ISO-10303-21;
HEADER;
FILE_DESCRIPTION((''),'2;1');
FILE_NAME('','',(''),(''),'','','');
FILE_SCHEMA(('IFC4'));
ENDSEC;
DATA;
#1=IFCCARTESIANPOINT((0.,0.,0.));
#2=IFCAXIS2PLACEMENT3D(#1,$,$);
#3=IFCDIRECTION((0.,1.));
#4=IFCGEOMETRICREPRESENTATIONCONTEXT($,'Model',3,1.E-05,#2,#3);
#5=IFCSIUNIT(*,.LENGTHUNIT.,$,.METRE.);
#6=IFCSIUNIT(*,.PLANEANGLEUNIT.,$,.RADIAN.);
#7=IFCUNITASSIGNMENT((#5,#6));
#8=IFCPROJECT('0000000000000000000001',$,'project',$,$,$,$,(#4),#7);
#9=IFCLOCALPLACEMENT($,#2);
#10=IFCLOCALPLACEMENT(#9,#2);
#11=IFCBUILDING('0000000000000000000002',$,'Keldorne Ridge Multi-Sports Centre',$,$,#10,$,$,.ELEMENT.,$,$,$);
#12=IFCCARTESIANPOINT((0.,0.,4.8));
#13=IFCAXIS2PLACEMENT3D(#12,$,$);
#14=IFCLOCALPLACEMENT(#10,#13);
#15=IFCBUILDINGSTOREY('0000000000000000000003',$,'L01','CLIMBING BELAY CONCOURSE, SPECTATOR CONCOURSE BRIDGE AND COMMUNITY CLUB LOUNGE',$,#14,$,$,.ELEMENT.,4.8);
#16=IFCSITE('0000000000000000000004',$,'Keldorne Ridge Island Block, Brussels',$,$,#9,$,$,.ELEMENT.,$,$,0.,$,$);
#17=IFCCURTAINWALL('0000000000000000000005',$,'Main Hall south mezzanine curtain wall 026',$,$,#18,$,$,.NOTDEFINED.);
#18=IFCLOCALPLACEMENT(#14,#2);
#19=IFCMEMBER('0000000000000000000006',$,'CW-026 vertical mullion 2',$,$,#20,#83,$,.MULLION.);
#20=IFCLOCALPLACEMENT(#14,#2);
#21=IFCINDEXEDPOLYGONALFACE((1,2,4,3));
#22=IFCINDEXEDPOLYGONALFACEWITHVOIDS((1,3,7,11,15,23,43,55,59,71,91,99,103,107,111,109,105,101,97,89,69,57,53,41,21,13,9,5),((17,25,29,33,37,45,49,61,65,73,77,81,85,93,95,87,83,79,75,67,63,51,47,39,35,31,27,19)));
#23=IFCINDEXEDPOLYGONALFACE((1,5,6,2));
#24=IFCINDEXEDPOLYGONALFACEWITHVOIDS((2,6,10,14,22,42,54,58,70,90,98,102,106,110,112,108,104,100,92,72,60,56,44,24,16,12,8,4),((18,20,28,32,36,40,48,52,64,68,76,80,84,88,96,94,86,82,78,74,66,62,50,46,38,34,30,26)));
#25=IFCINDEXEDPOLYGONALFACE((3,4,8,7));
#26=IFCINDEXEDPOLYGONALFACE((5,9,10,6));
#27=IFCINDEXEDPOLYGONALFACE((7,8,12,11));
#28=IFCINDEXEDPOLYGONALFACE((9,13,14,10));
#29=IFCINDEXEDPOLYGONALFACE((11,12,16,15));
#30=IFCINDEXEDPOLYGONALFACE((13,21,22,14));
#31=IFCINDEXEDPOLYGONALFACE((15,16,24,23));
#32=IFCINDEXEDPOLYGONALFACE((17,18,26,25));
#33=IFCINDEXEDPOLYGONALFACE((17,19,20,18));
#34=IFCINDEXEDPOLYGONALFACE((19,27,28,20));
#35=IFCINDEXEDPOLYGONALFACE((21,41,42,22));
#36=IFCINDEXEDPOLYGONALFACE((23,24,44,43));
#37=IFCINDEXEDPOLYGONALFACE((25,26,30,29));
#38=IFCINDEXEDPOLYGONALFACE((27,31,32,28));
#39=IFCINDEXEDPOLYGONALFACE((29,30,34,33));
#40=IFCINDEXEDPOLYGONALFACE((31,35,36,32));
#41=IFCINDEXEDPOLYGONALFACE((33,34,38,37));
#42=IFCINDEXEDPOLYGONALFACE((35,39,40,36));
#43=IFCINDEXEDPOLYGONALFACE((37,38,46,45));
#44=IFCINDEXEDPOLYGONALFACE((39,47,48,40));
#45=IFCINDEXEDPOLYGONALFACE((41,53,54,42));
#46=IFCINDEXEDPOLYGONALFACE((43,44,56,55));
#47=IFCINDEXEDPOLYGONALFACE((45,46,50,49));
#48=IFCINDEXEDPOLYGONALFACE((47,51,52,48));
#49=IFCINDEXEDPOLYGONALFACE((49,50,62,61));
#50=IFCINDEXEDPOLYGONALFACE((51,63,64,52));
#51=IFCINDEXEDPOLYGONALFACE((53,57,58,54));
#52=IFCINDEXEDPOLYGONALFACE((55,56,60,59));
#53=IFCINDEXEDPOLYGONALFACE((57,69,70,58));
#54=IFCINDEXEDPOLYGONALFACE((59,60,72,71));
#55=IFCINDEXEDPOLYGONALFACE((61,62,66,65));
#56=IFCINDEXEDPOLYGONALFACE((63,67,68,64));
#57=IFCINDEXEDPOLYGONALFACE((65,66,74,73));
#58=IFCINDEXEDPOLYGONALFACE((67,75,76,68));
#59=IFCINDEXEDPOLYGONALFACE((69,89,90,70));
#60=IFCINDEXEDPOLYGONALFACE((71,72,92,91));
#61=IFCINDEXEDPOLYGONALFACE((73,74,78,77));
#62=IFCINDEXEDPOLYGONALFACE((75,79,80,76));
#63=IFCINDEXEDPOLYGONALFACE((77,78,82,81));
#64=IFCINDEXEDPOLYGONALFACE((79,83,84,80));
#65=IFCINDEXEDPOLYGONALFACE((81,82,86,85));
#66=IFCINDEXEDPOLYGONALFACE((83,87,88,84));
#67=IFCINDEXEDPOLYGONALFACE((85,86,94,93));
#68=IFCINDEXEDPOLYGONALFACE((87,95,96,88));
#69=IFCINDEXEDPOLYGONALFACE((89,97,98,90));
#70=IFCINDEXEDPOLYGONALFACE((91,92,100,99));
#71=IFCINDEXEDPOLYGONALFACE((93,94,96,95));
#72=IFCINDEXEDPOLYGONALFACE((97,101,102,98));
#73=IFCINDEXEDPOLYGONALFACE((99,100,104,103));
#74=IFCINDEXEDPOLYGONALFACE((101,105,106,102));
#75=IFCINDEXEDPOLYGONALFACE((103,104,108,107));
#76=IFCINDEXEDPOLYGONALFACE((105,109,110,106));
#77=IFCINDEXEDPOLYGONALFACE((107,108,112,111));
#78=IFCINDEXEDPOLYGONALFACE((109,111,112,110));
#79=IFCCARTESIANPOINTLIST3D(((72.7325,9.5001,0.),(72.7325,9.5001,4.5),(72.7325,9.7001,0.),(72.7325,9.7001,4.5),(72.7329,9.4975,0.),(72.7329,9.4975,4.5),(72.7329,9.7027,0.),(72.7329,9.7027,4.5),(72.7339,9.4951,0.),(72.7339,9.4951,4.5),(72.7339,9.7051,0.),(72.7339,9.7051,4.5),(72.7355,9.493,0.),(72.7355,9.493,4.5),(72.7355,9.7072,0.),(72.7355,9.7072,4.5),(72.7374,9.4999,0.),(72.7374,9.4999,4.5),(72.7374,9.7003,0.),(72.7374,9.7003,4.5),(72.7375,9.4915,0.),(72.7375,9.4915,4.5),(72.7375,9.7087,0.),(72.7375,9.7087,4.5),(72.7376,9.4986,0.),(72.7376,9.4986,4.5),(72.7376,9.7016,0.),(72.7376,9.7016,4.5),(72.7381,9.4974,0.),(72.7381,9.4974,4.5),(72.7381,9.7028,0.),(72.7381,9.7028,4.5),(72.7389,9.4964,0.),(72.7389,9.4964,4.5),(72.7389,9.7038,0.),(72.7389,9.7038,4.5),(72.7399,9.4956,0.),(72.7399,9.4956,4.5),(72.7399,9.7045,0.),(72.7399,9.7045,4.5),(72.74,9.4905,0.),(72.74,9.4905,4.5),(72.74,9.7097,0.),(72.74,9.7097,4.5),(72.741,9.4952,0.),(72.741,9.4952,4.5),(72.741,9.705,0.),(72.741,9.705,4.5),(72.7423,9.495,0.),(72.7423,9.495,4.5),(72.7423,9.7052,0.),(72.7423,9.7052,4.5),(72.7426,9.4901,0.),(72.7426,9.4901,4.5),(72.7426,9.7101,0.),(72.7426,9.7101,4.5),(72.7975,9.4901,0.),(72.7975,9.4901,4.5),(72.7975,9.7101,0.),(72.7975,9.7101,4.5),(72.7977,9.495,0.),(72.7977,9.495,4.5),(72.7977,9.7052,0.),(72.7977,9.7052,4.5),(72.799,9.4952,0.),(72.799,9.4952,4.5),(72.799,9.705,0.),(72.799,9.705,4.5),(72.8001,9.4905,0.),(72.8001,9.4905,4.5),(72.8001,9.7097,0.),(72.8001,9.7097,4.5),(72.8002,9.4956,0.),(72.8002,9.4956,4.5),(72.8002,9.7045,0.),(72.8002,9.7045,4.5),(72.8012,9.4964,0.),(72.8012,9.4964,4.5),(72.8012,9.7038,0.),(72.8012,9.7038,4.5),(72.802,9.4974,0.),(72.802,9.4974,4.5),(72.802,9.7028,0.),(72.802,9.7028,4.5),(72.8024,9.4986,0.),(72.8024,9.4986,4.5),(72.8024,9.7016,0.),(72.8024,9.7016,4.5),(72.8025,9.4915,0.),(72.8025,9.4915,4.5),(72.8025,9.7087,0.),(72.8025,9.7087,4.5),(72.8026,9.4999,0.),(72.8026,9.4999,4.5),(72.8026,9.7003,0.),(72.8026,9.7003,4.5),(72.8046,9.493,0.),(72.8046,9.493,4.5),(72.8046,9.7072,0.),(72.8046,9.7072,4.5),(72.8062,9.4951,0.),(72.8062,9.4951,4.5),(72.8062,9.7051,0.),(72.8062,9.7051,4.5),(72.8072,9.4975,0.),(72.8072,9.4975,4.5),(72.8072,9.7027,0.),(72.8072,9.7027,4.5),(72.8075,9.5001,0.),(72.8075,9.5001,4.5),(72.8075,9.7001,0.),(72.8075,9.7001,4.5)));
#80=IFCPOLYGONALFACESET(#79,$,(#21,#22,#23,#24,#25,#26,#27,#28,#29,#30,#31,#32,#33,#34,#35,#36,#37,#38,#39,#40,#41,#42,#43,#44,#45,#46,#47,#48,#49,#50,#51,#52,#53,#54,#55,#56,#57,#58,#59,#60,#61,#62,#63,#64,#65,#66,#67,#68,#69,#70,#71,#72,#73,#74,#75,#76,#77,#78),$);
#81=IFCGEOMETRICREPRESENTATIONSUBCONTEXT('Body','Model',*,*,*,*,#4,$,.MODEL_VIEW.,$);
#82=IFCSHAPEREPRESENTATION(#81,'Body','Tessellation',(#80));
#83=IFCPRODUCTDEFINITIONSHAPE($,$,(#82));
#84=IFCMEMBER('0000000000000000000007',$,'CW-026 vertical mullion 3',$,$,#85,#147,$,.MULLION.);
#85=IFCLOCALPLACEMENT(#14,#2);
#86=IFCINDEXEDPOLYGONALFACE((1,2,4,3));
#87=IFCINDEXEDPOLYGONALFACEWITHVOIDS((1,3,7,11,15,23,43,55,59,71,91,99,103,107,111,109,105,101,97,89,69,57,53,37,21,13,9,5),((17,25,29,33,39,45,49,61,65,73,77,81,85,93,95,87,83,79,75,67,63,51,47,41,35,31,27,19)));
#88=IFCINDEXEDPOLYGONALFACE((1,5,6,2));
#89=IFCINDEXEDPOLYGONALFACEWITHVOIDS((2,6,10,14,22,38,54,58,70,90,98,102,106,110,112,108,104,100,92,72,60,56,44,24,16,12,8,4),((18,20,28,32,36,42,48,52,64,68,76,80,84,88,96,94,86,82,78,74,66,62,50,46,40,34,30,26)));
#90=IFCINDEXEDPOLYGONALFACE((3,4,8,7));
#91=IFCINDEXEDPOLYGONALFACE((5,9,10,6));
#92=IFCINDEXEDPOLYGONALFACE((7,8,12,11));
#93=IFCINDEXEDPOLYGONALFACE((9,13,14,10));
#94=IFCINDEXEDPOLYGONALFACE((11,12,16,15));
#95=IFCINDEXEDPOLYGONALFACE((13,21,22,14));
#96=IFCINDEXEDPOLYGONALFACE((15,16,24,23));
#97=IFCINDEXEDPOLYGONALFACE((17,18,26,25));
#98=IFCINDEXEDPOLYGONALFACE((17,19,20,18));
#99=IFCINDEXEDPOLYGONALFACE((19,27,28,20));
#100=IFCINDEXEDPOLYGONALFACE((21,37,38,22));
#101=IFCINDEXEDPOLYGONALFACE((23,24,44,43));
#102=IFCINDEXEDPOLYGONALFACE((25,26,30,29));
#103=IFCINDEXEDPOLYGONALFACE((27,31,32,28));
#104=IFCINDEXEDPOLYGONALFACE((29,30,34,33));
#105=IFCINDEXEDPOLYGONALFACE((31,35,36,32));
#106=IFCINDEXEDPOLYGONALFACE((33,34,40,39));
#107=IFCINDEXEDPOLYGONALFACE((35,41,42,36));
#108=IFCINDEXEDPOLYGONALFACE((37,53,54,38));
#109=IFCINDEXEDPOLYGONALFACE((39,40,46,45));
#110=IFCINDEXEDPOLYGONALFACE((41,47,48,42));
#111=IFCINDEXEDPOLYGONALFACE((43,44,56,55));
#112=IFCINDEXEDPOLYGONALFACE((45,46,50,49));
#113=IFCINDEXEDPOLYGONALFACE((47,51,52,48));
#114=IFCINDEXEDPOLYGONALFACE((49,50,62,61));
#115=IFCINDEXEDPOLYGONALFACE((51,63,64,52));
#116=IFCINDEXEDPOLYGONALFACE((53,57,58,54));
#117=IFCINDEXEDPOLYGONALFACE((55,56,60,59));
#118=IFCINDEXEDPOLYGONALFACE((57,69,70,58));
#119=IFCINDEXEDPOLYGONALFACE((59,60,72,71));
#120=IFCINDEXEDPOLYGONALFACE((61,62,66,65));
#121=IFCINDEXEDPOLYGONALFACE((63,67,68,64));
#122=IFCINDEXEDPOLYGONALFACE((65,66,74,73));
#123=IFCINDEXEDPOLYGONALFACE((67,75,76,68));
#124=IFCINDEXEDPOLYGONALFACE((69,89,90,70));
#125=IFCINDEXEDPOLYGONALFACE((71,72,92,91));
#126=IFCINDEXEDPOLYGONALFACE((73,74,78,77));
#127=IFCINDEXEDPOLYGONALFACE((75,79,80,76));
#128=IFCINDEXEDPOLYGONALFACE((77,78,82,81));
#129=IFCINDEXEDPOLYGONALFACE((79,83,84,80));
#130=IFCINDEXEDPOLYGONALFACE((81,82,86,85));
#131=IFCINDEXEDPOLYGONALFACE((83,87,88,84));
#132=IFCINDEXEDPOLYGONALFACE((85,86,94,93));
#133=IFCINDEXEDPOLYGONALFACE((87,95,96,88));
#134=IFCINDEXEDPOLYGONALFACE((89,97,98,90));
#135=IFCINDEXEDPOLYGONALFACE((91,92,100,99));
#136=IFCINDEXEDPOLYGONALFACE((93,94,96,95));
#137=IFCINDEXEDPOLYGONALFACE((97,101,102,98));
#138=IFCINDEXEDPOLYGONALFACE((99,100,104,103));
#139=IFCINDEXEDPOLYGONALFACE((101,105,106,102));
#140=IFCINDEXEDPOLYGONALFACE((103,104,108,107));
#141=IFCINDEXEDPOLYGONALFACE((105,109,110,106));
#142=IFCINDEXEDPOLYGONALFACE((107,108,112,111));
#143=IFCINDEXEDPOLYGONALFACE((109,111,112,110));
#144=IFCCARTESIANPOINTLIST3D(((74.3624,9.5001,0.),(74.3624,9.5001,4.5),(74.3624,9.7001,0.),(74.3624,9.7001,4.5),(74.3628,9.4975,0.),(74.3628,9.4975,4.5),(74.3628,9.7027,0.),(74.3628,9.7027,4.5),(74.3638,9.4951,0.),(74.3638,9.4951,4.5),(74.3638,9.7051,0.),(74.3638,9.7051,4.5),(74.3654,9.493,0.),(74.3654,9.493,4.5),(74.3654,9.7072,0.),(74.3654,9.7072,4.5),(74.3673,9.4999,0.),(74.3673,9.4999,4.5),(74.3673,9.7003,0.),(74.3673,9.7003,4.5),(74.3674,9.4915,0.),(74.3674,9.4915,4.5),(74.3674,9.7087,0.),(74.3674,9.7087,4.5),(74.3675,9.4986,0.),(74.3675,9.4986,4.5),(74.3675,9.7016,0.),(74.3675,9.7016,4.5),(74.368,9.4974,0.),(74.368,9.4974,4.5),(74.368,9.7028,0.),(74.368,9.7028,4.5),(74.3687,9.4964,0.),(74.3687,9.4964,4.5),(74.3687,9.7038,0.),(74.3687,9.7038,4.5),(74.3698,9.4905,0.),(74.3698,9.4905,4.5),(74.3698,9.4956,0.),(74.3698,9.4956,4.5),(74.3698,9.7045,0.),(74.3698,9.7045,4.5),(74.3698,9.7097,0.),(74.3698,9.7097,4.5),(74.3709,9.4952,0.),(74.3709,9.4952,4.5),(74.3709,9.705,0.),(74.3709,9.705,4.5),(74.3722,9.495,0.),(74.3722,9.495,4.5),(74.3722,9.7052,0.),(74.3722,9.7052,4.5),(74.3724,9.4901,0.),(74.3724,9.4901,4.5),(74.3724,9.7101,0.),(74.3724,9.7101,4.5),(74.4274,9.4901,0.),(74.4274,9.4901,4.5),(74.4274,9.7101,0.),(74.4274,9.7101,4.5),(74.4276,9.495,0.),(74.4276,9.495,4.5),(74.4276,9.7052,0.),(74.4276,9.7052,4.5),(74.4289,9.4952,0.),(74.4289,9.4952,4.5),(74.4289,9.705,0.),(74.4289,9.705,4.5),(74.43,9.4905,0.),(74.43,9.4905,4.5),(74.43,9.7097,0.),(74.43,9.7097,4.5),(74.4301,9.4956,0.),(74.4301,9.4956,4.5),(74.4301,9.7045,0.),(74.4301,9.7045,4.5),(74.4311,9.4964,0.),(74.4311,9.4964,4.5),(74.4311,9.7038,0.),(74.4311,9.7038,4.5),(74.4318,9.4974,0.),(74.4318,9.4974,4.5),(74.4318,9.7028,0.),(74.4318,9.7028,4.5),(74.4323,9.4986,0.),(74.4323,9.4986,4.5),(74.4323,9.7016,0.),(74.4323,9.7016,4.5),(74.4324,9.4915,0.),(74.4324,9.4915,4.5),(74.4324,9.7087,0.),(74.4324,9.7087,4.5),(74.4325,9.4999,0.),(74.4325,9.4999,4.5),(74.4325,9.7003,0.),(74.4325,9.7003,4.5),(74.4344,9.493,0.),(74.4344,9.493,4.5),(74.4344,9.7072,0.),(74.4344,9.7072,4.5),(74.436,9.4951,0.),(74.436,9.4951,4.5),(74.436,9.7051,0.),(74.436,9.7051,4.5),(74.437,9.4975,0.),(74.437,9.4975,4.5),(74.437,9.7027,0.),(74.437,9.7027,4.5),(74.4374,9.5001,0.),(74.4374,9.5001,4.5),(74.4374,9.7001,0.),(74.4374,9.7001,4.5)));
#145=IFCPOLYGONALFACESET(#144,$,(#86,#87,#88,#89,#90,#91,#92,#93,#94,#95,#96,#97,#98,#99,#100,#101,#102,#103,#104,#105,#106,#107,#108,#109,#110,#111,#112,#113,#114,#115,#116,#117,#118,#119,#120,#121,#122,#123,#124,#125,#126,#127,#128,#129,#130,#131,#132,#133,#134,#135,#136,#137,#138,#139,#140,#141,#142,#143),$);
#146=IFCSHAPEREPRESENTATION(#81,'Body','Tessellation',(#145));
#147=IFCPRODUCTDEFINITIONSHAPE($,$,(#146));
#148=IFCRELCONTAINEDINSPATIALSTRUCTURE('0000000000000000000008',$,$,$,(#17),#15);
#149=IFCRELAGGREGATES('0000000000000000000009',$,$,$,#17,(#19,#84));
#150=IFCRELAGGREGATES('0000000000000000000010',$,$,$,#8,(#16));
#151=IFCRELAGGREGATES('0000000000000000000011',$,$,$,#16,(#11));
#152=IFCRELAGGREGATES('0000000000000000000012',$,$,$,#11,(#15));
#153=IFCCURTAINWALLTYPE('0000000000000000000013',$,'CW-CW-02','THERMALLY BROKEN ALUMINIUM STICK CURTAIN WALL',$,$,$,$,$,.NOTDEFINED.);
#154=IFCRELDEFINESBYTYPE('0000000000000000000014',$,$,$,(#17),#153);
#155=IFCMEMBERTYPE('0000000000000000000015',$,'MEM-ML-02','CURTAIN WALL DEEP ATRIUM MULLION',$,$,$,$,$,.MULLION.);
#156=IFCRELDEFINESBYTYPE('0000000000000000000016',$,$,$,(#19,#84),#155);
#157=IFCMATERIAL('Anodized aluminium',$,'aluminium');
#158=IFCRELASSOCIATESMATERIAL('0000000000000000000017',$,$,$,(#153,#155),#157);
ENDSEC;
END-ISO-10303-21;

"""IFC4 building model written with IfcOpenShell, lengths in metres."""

from ifc_helpers import new_model, si_unit, direction, frame, origin, origin_2d, place, context, subcontext, project, spatial, hollow_rectangle, extrude, material, material_profile, profile_set, type_object, element, aggregate, save


model = new_model("IFC4")

# Units and contexts
model_context = context("Model", 3, precision=1e-05, world=origin(), true_north=direction((0.0, 1.0)))
body_context = subcontext(model_context, "Body", "Model", "MODEL_VIEW")
ifc_project = project(units=[si_unit("LENGTHUNIT", "METRE"), si_unit("PLANEANGLEUNIT", "RADIAN")], contexts=[model_context])

# Site, building, storey
site_placement = place(None, origin())
site = spatial("IfcSite", under=ifc_project, at=site_placement, Name="Keldorne Ridge Island Block, Brussels", CompositionType="ELEMENT", RefElevation=0.0)
building_placement = place(site_placement, origin())
building = spatial("IfcBuilding", under=site, at=building_placement, Name="Keldorne Ridge Multi-Sports Centre", CompositionType="ELEMENT")
storey_placement = place(building_placement, frame((0.0, 0.0, 4.8)))
storey = spatial("IfcBuildingStorey", under=building, at=storey_placement, Name="L01", Description="CLIMBING BELAY CONCOURSE, SPECTATOR CONCOURSE BRIDGE AND COMMUNITY CLUB LOUNGE", CompositionType="ELEMENT", Elevation=4.8)

# Curtain wall, members
ifc_material_1 = material(Name="Anodized aluminium", Category="aluminium")
curtain_wall_type = type_object("IfcCurtainWallType", Name="CW-CW-02", Description="THERMALLY BROKEN ALUMINIUM STICK CURTAIN WALL", PredefinedType="NOTDEFINED", material=ifc_material_1)
curtain_wall_placement = place(storey_placement, origin())
curtain_wall = element("IfcCurtainWall", 1, at=curtain_wall_placement, inside=storey, type_object=curtain_wall_type, Name="Main Hall south mezzanine curtain wall 026", PredefinedType="NOTDEFINED")
ifc_material_profile_1 = material_profile(ifc_material_1, hollow_rectangle(XDim=0.075, YDim=0.22, WallThickness=0.0049, InnerFilletRadius=0.0049, OuterFilletRadius=0.01, at=origin_2d()), Name="ALU MULLION 220x75x5")
ifc_profile_set_1 = profile_set([ifc_material_profile_1], Name="Anodized aluminium")
member_type_1 = type_object("IfcMemberType", Name="MEM-ML-02", Description="CURTAIN WALL DEEP ATRIUM MULLION", PredefinedType="MULLION", material=ifc_profile_set_1)
member_1_placement = place(storey_placement, frame((72.77, 9.6001, 0.0), z_axis=(0.0, 0.0, 1.0), x_axis=(1.0, 0.0, 0.0)))
member_1 = element("IfcMember", 2, at=member_1_placement, type_object=member_type_1, Name="CW-026 vertical mullion 2", PredefinedType="MULLION", context=body_context, shape_type="SweptSolid", body=[
    extrude(hollow_rectangle(XDim=0.075, YDim=0.22, WallThickness=0.0049, InnerFilletRadius=0.0049, OuterFilletRadius=0.01, at=origin_2d()), origin(), (0.0, 0.0, 1.0), 4.5),
])
member_2_placement = place(storey_placement, frame((74.3999, 9.6001, 0.0), z_axis=(0.0, 0.0, 1.0), x_axis=(1.0, 0.0, 0.0)))
member_2 = element("IfcMember", 3, at=member_2_placement, type_object=member_type_1, Name="CW-026 vertical mullion 3", PredefinedType="MULLION", context=body_context, shape_type="SweptSolid", body=[
    extrude(hollow_rectangle(XDim=0.075, YDim=0.22, WallThickness=0.0049, InnerFilletRadius=0.0049, OuterFilletRadius=0.01, at=origin_2d()), origin(), (0.0, 0.0, 1.0), 4.5),
])
aggregate(curtain_wall, [member_1, member_2])

save(model, "model.ifc")
